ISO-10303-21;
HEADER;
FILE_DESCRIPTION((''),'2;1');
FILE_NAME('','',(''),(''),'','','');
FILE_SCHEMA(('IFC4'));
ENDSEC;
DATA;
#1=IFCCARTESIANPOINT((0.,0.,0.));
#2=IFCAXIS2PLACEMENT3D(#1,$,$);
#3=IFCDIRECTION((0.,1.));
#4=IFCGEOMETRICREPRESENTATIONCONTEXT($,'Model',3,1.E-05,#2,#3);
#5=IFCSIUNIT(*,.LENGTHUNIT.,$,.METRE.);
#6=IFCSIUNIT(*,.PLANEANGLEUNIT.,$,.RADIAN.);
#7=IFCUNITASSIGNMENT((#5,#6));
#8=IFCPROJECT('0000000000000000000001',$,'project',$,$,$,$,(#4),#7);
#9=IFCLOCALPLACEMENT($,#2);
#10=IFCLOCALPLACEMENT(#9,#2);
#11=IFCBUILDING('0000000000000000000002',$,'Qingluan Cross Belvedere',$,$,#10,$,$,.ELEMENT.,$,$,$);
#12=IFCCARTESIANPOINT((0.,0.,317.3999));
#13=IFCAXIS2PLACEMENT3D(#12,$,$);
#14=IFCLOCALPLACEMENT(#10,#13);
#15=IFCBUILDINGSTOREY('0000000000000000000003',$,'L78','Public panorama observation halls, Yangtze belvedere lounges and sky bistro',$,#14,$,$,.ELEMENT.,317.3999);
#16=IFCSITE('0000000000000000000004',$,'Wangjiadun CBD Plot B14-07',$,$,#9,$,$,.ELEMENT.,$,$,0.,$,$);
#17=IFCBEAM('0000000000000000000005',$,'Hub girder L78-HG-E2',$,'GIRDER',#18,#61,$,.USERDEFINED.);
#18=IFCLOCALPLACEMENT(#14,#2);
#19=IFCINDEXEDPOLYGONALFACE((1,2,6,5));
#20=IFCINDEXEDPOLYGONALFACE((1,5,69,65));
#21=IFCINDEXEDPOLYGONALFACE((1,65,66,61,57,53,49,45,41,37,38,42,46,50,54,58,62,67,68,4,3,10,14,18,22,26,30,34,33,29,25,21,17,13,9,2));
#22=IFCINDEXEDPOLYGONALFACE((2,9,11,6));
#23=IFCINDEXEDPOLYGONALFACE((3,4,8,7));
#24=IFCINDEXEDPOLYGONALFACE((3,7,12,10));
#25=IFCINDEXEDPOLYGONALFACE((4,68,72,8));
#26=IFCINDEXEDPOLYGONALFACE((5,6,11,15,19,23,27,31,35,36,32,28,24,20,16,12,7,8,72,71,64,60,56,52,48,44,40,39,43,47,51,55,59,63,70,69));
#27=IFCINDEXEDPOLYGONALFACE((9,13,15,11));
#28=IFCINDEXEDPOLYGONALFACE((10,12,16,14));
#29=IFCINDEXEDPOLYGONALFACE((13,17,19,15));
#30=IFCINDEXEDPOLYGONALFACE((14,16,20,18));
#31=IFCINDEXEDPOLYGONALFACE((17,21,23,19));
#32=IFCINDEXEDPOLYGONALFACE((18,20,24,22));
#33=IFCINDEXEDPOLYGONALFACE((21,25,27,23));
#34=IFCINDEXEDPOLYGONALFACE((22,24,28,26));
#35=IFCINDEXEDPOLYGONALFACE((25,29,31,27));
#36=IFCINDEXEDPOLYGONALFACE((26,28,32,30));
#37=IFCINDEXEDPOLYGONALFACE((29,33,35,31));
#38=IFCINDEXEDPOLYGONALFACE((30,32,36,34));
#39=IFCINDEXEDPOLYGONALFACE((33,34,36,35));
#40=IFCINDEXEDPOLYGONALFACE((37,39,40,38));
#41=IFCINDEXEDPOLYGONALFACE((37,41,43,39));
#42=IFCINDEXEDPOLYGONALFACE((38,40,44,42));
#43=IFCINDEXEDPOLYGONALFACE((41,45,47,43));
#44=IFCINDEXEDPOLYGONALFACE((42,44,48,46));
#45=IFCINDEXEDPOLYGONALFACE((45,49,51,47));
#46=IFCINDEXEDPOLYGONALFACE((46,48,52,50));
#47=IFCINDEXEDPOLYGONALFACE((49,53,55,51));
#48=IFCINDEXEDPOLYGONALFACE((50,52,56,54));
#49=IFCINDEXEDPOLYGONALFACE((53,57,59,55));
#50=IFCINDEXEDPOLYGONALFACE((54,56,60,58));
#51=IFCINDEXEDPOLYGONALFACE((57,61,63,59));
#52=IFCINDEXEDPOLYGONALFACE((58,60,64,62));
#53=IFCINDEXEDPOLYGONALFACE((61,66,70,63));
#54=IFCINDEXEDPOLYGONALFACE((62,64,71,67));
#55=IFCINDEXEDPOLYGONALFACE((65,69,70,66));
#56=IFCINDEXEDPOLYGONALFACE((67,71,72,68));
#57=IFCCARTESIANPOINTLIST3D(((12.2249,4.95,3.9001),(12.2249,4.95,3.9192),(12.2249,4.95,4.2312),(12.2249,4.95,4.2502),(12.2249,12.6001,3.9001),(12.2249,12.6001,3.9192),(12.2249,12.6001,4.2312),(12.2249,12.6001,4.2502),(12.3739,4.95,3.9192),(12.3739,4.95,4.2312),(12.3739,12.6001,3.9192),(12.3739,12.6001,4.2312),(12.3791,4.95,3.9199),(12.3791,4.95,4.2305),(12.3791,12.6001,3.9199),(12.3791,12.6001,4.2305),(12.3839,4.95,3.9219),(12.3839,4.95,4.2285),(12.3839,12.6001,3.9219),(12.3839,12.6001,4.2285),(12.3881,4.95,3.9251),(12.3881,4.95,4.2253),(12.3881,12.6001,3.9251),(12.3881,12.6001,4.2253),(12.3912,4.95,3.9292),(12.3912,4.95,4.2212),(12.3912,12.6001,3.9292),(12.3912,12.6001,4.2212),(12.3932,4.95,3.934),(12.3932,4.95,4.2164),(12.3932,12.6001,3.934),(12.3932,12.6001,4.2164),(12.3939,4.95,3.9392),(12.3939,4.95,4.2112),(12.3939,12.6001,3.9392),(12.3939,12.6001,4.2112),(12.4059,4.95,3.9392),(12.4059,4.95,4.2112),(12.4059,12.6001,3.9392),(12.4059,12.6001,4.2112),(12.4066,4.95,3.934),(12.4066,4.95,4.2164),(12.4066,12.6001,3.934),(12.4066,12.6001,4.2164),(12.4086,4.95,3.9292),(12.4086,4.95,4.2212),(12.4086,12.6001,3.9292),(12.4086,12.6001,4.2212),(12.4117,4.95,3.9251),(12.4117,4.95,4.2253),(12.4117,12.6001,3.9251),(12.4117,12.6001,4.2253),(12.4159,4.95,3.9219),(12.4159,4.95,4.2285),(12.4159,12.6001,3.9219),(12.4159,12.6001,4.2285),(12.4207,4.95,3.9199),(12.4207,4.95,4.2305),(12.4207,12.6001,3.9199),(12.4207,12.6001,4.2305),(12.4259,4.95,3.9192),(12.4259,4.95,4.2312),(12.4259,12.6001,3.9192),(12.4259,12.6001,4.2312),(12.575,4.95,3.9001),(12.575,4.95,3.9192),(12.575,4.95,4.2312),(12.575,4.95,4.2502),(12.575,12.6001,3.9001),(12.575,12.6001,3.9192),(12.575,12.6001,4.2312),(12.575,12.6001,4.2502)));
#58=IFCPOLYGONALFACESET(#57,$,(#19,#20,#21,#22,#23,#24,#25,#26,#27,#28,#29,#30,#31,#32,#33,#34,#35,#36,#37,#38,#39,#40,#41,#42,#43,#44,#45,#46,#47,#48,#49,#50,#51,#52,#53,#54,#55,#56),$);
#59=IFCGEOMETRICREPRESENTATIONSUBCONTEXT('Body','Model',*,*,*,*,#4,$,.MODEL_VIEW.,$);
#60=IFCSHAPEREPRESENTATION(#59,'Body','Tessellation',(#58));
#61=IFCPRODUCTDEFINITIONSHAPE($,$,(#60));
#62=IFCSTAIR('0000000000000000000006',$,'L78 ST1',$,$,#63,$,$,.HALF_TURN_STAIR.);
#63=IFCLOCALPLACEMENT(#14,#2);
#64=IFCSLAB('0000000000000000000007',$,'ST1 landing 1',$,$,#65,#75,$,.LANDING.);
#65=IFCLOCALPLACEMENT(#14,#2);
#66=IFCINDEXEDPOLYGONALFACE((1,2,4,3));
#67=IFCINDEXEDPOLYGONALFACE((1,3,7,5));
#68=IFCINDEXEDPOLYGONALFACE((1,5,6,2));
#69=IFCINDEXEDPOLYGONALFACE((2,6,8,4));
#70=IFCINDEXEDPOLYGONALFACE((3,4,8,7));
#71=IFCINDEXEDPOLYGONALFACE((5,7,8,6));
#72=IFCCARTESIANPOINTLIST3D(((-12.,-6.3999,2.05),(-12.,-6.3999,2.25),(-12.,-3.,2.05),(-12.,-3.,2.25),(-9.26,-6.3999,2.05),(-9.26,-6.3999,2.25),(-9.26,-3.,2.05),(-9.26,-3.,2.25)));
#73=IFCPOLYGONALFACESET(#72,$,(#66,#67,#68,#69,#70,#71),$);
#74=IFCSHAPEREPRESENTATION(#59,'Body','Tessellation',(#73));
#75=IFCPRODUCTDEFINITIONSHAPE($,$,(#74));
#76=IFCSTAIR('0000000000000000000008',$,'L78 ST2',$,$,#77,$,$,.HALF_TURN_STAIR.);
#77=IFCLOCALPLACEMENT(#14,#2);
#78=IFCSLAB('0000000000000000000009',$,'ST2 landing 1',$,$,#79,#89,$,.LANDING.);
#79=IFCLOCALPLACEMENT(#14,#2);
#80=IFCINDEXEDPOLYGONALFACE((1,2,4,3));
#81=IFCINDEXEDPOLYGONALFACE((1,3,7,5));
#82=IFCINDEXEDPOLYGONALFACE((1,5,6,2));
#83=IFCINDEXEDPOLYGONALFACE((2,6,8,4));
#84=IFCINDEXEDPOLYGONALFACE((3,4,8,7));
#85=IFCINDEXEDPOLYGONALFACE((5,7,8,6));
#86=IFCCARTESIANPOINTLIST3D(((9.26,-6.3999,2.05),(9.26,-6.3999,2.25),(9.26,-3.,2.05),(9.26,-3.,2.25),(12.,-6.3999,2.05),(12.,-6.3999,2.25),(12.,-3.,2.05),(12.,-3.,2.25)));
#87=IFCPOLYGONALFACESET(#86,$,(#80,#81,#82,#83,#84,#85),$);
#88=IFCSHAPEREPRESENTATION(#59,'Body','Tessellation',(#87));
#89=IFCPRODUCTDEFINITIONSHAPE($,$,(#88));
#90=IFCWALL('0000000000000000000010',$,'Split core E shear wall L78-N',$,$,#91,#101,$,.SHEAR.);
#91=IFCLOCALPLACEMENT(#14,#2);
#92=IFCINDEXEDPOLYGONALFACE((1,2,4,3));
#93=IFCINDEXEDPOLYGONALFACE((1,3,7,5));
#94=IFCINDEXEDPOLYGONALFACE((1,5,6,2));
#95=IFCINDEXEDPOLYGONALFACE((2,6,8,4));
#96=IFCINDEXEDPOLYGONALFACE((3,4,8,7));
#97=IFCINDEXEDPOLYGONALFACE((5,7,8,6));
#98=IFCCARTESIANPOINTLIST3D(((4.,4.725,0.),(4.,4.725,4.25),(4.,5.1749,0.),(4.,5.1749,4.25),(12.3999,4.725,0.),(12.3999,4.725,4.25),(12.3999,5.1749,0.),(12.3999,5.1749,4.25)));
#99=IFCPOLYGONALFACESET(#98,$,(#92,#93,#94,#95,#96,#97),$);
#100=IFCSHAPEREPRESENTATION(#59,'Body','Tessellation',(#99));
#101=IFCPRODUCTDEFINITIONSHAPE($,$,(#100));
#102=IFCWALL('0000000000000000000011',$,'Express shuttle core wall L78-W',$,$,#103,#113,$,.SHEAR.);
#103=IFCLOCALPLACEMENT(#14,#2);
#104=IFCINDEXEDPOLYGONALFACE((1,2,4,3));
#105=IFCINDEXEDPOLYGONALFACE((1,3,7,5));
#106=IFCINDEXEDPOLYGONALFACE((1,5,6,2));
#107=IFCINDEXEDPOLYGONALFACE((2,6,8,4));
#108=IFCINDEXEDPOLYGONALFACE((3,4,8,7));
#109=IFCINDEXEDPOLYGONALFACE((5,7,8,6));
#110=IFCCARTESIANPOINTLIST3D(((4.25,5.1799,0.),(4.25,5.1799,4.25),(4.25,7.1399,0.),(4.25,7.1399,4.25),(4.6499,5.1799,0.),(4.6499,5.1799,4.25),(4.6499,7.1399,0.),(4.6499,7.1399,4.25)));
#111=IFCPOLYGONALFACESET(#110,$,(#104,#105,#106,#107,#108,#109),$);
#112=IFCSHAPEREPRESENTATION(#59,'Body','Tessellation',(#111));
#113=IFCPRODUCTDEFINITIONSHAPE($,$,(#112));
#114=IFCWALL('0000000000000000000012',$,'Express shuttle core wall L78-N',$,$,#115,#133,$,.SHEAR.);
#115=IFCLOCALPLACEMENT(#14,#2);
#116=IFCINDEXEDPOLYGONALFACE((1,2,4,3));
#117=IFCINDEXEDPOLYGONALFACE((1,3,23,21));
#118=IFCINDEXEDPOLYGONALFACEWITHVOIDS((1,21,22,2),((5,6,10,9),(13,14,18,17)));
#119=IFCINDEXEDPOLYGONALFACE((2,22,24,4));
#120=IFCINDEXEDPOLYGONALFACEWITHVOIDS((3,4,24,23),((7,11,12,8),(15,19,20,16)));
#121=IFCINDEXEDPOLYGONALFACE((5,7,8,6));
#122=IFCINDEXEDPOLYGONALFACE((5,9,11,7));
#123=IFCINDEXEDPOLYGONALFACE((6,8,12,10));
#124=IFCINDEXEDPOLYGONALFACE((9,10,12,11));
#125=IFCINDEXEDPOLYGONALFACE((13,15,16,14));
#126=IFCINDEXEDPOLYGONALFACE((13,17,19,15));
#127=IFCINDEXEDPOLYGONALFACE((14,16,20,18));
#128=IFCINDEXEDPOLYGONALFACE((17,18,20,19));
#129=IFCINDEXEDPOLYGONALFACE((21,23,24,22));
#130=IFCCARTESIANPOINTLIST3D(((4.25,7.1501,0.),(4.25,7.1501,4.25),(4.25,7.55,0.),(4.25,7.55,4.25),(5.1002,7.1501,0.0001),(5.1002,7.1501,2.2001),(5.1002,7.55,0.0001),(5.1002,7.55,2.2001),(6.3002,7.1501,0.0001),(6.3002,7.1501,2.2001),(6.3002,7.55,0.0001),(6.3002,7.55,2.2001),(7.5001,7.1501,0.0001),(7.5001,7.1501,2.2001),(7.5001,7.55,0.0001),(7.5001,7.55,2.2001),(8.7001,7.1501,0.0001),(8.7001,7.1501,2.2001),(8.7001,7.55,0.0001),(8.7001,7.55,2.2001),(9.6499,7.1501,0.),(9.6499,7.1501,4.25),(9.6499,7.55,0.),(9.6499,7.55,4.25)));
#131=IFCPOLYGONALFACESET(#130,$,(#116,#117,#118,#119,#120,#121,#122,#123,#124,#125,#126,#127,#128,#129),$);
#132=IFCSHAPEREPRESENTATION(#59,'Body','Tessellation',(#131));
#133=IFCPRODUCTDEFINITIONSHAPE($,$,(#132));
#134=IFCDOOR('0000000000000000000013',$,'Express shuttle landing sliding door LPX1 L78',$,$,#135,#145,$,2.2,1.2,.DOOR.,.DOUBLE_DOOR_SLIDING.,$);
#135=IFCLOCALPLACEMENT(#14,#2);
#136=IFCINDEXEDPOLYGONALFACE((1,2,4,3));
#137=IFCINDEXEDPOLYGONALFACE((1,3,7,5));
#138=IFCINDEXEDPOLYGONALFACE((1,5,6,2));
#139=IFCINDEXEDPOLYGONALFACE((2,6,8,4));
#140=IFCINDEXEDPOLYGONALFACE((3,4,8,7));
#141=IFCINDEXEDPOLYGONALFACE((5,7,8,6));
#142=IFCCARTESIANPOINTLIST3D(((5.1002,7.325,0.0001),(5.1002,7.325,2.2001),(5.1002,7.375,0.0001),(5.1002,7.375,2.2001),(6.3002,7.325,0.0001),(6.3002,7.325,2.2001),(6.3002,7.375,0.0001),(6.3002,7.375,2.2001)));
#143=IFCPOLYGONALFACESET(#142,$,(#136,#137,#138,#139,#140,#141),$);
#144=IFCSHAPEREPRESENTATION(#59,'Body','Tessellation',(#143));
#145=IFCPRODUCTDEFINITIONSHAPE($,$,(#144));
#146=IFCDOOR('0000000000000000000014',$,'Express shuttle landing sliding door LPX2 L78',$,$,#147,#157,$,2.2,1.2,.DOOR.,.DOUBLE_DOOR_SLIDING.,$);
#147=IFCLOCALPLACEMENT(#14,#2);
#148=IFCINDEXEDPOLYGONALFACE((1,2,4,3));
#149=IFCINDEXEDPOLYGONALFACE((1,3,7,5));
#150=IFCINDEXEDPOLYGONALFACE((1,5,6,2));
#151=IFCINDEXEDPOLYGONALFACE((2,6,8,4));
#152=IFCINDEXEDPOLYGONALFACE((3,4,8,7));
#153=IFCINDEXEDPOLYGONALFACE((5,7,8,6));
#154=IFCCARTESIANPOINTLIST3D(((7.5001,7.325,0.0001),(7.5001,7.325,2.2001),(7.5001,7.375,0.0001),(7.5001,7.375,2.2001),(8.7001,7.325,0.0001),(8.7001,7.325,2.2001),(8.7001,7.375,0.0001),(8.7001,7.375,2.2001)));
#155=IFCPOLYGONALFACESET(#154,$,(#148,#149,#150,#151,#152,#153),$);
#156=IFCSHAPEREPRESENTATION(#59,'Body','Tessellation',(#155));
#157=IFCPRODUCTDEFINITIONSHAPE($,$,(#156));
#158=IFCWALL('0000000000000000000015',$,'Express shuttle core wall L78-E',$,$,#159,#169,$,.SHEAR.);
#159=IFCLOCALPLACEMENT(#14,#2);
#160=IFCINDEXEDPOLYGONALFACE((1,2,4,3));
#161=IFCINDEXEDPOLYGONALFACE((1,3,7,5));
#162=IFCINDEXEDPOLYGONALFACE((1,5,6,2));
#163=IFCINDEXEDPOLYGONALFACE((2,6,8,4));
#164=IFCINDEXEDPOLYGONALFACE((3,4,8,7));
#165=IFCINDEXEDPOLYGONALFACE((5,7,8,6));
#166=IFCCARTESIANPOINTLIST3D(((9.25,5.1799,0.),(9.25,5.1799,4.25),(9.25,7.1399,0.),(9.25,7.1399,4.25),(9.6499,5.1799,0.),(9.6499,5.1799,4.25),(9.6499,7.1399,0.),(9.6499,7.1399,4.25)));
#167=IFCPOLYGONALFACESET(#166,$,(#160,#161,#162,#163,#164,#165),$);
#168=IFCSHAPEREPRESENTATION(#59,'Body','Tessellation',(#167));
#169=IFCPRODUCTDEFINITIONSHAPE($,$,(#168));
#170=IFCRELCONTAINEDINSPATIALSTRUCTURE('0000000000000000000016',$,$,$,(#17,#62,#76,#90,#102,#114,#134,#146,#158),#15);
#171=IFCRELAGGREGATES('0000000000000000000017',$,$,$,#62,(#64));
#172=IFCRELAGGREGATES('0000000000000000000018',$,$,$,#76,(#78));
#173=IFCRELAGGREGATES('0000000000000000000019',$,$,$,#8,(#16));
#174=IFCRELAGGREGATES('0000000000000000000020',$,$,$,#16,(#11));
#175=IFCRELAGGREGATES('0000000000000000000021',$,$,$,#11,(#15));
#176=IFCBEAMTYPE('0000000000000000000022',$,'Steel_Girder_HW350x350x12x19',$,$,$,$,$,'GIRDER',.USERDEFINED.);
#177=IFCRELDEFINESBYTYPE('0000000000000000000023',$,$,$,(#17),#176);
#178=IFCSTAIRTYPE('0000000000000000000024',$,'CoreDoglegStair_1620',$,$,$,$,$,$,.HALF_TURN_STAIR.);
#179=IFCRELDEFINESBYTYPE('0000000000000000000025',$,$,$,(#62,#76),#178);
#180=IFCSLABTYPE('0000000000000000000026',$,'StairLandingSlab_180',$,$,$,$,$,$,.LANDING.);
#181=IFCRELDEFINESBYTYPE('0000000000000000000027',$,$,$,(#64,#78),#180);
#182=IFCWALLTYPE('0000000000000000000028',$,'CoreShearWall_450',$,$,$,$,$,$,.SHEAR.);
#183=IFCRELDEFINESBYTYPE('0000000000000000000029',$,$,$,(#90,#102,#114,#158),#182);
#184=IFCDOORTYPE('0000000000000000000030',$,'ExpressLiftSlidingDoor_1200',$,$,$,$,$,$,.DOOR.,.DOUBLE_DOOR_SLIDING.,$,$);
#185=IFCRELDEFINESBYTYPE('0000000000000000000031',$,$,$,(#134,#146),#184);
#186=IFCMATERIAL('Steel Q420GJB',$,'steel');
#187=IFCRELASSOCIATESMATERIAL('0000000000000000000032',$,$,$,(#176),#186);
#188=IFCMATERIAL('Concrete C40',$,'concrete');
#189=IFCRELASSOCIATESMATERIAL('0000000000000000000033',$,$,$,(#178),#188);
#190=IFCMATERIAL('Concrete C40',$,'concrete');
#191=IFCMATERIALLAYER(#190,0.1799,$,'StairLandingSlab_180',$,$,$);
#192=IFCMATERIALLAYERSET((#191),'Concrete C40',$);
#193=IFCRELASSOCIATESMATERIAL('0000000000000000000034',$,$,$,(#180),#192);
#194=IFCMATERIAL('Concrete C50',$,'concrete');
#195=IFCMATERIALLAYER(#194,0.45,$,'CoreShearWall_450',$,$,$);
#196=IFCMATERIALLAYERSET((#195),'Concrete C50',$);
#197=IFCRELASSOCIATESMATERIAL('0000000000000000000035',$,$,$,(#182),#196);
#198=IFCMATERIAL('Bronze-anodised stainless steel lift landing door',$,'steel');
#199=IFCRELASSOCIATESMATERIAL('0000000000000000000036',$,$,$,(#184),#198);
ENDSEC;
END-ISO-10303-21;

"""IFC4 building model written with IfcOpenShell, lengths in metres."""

from ifc_helpers import new_model, si_unit, direction, frame, frame_2d, origin, origin_2d, place, context, subcontext, project, spatial, polyline, rectangle, i_section, outline, extrude, material, layer, layer_set, material_profile, profile_set, type_object, element, fill, aggregate, save


model = new_model("IFC4")

# Units and contexts
model_context = context("Model", 3, precision=1e-05, world=origin(), true_north=direction((0.0, 1.0)))
body_context = subcontext(model_context, "Body", "Model", "MODEL_VIEW")
ifc_project = project(units=[si_unit("LENGTHUNIT", "METRE"), si_unit("PLANEANGLEUNIT", "RADIAN")], contexts=[model_context])

# Site, building, storey
site_placement = place(None, origin())
site = spatial("IfcSite", under=ifc_project, at=site_placement, Name="Wangjiadun CBD Plot B14-07", CompositionType="ELEMENT", RefElevation=0.0)
building_placement = place(site_placement, origin())
building = spatial("IfcBuilding", under=site, at=building_placement, Name="Qingluan Cross Belvedere", CompositionType="ELEMENT")
storey_placement = place(building_placement, frame((0.0, 0.0, 317.3999)))
storey = spatial("IfcBuildingStorey", under=building, at=storey_placement, Name="L78", Description="Public panorama observation halls, Yangtze belvedere lounges and sky bistro", CompositionType="ELEMENT", Elevation=317.3999)

# Beam
ifc_material_1 = material(Name="Steel Q420GJB", Category="steel")
ifc_material_profile = material_profile(ifc_material_1, i_section(OverallWidth=0.3501, OverallDepth=0.3501, WebThickness=0.012, FlangeThickness=0.019, FilletRadius=0.02, at=origin_2d()), Name="HW350x350x12x19")
ifc_profile_set = profile_set([ifc_material_profile], Name="Steel Q420GJB")
beam_type = type_object("IfcBeamType", Name="Steel_Girder_HW350x350x12x19", ElementType="GIRDER", PredefinedType="USERDEFINED", material=ifc_profile_set)
beam_placement = place(storey_placement, frame((12.3999, 4.95, 4.0752), z_axis=(0.0, 1.0, 0.0), x_axis=(-1.0, 0.0, 0.0)))
element("IfcBeam", 1, at=beam_placement, inside=storey, type_object=beam_type, Name="Hub girder L78-HG-E2", ObjectType="GIRDER", PredefinedType="USERDEFINED", context=body_context, shape_type="SweptSolid", body=[
    extrude(i_section(OverallWidth=0.3501, OverallDepth=0.3501, WebThickness=0.012, FlangeThickness=0.019, FilletRadius=0.02, at=origin_2d()), origin(), (0.0, 0.0, 1.0), 7.6501),
])

# Stairs, slabs
ifc_material_2 = material(Name="Concrete C40", Category="concrete")
stair_type = type_object("IfcStairType", Name="CoreDoglegStair_1620", PredefinedType="HALF_TURN_STAIR", material=ifc_material_2)
stair_1_placement = place(storey_placement, origin())
stair_1 = element("IfcStair", 2, at=stair_1_placement, inside=storey, type_object=stair_type, Name="L78 ST1", PredefinedType="HALF_TURN_STAIR")
ifc_material_3 = material(Name="Concrete C40", Category="concrete")
ifc_layer_1 = layer(ifc_material_3, 0.1799, Name="StairLandingSlab_180")
ifc_layer_set_1 = layer_set([ifc_layer_1], Name="Concrete C40")
slab_type = type_object("IfcSlabType", Name="StairLandingSlab_180", PredefinedType="LANDING", material=ifc_layer_set_1)
slab_1_placement = place(storey_placement, frame((0.0, 0.0, 2.05)))
slab_1 = element("IfcSlab", 3, at=slab_1_placement, type_object=slab_type, Name="ST1 landing 1", PredefinedType="LANDING", context=body_context, shape_type="SweptSolid", body=[
    extrude(outline(polyline([(-9.26, -3.0), (-12.0, -3.0), (-12.0, -6.3999), (-9.26, -6.3999), (-9.26, -3.0)])), origin(), (0.0, 0.0, 1.0), 0.2),
])
aggregate(stair_1, [slab_1])
stair_2_placement = place(storey_placement, origin())
stair_2 = element("IfcStair", 4, at=stair_2_placement, inside=storey, type_object=stair_type, Name="L78 ST2", PredefinedType="HALF_TURN_STAIR")
slab_2_placement = place(storey_placement, frame((0.0, 0.0, 2.05)))
slab_2 = element("IfcSlab", 5, at=slab_2_placement, type_object=slab_type, Name="ST2 landing 1", PredefinedType="LANDING", context=body_context, shape_type="SweptSolid", body=[
    extrude(outline(polyline([(9.26, -6.3999), (12.0, -6.3999), (12.0, -3.0), (9.26, -3.0), (9.26, -6.3999)])), origin(), (0.0, 0.0, 1.0), 0.2),
])
aggregate(stair_2, [slab_2])

# Walls
ifc_material_4 = material(Name="Concrete C50", Category="concrete")
ifc_layer_2 = layer(ifc_material_4, 0.45, Name="CoreShearWall_450")
ifc_layer_set_2 = layer_set([ifc_layer_2], Name="Concrete C50")
wall_type_1 = type_object("IfcWallType", Name="CoreShearWall_450", PredefinedType="SHEAR", material=ifc_layer_set_2)
wall_1_placement = place(storey_placement, frame((4.0, 4.95, 0.0), z_axis=(0.0, 0.0, 1.0), x_axis=(1.0, 0.0, 0.0)))
element("IfcWall", 6, at=wall_1_placement, inside=storey, type_object=wall_type_1, Name="Split core E shear wall L78-N", PredefinedType="SHEAR", context=body_context, shape_type="SweptSolid", body=[
    extrude(rectangle(XDim=8.3999, YDim=0.45, at=frame_2d((4.2, 0.0))), origin(), (0.0, 0.0, 1.0), 4.25),
])
wall_2_placement = place(storey_placement, frame((4.45, 5.1799, 0.0), z_axis=(0.0, 0.0, 1.0), x_axis=(0.0, 1.0, 0.0)))
element("IfcWall", 7, at=wall_2_placement, inside=storey, type_object=wall_type_1, Name="Express shuttle core wall L78-W", PredefinedType="SHEAR", context=body_context, shape_type="SweptSolid", body=[
    extrude(rectangle(XDim=1.96, YDim=0.3999, at=frame_2d((0.98, 0.0))), origin(), (0.0, 0.0, 1.0), 4.25),
])

# Wall, openings, doors
wall_3_placement = place(storey_placement, frame((4.25, 7.3501, 0.0), z_axis=(0.0, 0.0, 1.0), x_axis=(1.0, 0.0, 0.0)))
wall_3 = element("IfcWall", 8, at=wall_3_placement, inside=storey, type_object=wall_type_1, Name="Express shuttle core wall L78-N", PredefinedType="SHEAR", context=body_context, shape_type="SweptSolid", body=[
    extrude(rectangle(XDim=5.3999, YDim=0.3999, at=frame_2d((2.7, 0.0))), origin(), (0.0, 0.0, 1.0), 4.25),
])
opening_1_placement = place(wall_3_placement, frame((0.8501, 0.0, 0.0)))
opening_1 = element("IfcOpeningElement", 9, at=opening_1_placement, cuts=wall_3, PredefinedType="OPENING", context=body_context, shape_type="SweptSolid", body=[
    extrude(rectangle(XDim=1.2, YDim=2.2, at=frame_2d((0.6001, 1.1001))), frame((0.0, 0.21, 0.0), z_axis=(0.0, -1.0, 0.0), x_axis=(1.0, 0.0, 0.0)), (0.0, 0.0, 1.0), 0.4199),
])
opening_2_placement = place(wall_3_placement, frame((3.25, 0.0, 0.0)))
opening_2 = element("IfcOpeningElement", 10, at=opening_2_placement, cuts=wall_3, PredefinedType="OPENING", context=body_context, shape_type="SweptSolid", body=[
    extrude(rectangle(XDim=1.2, YDim=2.2, at=frame_2d((0.6001, 1.1001))), frame((0.0, 0.21, 0.0), z_axis=(0.0, -1.0, 0.0), x_axis=(1.0, 0.0, 0.0)), (0.0, 0.0, 1.0), 0.4199),
])
ifc_material_5 = material(Name="Bronze-anodised stainless steel lift landing door", Category="steel")
door_type_1 = type_object("IfcDoorType", Name="ExpressLiftSlidingDoor_1200", OperationType="DOUBLE_DOOR_SLIDING", PredefinedType="DOOR", material=ifc_material_5)
door_1_placement = place(opening_1_placement, origin())
door_1 = element("IfcDoor", 11, at=door_1_placement, inside=storey, type_object=door_type_1, Name="Express shuttle landing sliding door LPX1 L78", OperationType="DOUBLE_DOOR_SLIDING", OverallHeight=2.2, OverallWidth=1.2, PredefinedType="DOOR", context=body_context, shape_type="SweptSolid", body=[
    extrude(rectangle(XDim=1.2, YDim=2.2, at=frame_2d((0.6001, 1.1001))), frame((0.0, 0.0249, 0.0), z_axis=(0.0, -1.0, 0.0), x_axis=(1.0, 0.0, 0.0)), (0.0, 0.0, 1.0), 0.05),
])
fill(opening_1, door_1)
door_2_placement = place(opening_2_placement, origin())
door_2 = element("IfcDoor", 12, at=door_2_placement, inside=storey, type_object=door_type_1, Name="Express shuttle landing sliding door LPX2 L78", OperationType="DOUBLE_DOOR_SLIDING", OverallHeight=2.2, OverallWidth=1.2, PredefinedType="DOOR", context=body_context, shape_type="SweptSolid", body=[
    extrude(rectangle(XDim=1.2, YDim=2.2, at=frame_2d((0.6001, 1.1001))), frame((0.0, 0.0249, 0.0), z_axis=(0.0, -1.0, 0.0), x_axis=(1.0, 0.0, 0.0)), (0.0, 0.0, 1.0), 0.05),
])
fill(opening_2, door_2)

# Wall
wall_4_placement = place(storey_placement, frame((9.45, 5.1799, 0.0), z_axis=(0.0, 0.0, 1.0), x_axis=(0.0, 1.0, 0.0)))
element("IfcWall", 13, at=wall_4_placement, inside=storey, type_object=wall_type_1, Name="Express shuttle core wall L78-E", PredefinedType="SHEAR", context=body_context, shape_type="SweptSolid", body=[
    extrude(rectangle(XDim=1.96, YDim=0.3999, at=frame_2d((0.98, 0.0))), origin(), (0.0, 0.0, 1.0), 4.25),
])

save(model, "model.ifc")
